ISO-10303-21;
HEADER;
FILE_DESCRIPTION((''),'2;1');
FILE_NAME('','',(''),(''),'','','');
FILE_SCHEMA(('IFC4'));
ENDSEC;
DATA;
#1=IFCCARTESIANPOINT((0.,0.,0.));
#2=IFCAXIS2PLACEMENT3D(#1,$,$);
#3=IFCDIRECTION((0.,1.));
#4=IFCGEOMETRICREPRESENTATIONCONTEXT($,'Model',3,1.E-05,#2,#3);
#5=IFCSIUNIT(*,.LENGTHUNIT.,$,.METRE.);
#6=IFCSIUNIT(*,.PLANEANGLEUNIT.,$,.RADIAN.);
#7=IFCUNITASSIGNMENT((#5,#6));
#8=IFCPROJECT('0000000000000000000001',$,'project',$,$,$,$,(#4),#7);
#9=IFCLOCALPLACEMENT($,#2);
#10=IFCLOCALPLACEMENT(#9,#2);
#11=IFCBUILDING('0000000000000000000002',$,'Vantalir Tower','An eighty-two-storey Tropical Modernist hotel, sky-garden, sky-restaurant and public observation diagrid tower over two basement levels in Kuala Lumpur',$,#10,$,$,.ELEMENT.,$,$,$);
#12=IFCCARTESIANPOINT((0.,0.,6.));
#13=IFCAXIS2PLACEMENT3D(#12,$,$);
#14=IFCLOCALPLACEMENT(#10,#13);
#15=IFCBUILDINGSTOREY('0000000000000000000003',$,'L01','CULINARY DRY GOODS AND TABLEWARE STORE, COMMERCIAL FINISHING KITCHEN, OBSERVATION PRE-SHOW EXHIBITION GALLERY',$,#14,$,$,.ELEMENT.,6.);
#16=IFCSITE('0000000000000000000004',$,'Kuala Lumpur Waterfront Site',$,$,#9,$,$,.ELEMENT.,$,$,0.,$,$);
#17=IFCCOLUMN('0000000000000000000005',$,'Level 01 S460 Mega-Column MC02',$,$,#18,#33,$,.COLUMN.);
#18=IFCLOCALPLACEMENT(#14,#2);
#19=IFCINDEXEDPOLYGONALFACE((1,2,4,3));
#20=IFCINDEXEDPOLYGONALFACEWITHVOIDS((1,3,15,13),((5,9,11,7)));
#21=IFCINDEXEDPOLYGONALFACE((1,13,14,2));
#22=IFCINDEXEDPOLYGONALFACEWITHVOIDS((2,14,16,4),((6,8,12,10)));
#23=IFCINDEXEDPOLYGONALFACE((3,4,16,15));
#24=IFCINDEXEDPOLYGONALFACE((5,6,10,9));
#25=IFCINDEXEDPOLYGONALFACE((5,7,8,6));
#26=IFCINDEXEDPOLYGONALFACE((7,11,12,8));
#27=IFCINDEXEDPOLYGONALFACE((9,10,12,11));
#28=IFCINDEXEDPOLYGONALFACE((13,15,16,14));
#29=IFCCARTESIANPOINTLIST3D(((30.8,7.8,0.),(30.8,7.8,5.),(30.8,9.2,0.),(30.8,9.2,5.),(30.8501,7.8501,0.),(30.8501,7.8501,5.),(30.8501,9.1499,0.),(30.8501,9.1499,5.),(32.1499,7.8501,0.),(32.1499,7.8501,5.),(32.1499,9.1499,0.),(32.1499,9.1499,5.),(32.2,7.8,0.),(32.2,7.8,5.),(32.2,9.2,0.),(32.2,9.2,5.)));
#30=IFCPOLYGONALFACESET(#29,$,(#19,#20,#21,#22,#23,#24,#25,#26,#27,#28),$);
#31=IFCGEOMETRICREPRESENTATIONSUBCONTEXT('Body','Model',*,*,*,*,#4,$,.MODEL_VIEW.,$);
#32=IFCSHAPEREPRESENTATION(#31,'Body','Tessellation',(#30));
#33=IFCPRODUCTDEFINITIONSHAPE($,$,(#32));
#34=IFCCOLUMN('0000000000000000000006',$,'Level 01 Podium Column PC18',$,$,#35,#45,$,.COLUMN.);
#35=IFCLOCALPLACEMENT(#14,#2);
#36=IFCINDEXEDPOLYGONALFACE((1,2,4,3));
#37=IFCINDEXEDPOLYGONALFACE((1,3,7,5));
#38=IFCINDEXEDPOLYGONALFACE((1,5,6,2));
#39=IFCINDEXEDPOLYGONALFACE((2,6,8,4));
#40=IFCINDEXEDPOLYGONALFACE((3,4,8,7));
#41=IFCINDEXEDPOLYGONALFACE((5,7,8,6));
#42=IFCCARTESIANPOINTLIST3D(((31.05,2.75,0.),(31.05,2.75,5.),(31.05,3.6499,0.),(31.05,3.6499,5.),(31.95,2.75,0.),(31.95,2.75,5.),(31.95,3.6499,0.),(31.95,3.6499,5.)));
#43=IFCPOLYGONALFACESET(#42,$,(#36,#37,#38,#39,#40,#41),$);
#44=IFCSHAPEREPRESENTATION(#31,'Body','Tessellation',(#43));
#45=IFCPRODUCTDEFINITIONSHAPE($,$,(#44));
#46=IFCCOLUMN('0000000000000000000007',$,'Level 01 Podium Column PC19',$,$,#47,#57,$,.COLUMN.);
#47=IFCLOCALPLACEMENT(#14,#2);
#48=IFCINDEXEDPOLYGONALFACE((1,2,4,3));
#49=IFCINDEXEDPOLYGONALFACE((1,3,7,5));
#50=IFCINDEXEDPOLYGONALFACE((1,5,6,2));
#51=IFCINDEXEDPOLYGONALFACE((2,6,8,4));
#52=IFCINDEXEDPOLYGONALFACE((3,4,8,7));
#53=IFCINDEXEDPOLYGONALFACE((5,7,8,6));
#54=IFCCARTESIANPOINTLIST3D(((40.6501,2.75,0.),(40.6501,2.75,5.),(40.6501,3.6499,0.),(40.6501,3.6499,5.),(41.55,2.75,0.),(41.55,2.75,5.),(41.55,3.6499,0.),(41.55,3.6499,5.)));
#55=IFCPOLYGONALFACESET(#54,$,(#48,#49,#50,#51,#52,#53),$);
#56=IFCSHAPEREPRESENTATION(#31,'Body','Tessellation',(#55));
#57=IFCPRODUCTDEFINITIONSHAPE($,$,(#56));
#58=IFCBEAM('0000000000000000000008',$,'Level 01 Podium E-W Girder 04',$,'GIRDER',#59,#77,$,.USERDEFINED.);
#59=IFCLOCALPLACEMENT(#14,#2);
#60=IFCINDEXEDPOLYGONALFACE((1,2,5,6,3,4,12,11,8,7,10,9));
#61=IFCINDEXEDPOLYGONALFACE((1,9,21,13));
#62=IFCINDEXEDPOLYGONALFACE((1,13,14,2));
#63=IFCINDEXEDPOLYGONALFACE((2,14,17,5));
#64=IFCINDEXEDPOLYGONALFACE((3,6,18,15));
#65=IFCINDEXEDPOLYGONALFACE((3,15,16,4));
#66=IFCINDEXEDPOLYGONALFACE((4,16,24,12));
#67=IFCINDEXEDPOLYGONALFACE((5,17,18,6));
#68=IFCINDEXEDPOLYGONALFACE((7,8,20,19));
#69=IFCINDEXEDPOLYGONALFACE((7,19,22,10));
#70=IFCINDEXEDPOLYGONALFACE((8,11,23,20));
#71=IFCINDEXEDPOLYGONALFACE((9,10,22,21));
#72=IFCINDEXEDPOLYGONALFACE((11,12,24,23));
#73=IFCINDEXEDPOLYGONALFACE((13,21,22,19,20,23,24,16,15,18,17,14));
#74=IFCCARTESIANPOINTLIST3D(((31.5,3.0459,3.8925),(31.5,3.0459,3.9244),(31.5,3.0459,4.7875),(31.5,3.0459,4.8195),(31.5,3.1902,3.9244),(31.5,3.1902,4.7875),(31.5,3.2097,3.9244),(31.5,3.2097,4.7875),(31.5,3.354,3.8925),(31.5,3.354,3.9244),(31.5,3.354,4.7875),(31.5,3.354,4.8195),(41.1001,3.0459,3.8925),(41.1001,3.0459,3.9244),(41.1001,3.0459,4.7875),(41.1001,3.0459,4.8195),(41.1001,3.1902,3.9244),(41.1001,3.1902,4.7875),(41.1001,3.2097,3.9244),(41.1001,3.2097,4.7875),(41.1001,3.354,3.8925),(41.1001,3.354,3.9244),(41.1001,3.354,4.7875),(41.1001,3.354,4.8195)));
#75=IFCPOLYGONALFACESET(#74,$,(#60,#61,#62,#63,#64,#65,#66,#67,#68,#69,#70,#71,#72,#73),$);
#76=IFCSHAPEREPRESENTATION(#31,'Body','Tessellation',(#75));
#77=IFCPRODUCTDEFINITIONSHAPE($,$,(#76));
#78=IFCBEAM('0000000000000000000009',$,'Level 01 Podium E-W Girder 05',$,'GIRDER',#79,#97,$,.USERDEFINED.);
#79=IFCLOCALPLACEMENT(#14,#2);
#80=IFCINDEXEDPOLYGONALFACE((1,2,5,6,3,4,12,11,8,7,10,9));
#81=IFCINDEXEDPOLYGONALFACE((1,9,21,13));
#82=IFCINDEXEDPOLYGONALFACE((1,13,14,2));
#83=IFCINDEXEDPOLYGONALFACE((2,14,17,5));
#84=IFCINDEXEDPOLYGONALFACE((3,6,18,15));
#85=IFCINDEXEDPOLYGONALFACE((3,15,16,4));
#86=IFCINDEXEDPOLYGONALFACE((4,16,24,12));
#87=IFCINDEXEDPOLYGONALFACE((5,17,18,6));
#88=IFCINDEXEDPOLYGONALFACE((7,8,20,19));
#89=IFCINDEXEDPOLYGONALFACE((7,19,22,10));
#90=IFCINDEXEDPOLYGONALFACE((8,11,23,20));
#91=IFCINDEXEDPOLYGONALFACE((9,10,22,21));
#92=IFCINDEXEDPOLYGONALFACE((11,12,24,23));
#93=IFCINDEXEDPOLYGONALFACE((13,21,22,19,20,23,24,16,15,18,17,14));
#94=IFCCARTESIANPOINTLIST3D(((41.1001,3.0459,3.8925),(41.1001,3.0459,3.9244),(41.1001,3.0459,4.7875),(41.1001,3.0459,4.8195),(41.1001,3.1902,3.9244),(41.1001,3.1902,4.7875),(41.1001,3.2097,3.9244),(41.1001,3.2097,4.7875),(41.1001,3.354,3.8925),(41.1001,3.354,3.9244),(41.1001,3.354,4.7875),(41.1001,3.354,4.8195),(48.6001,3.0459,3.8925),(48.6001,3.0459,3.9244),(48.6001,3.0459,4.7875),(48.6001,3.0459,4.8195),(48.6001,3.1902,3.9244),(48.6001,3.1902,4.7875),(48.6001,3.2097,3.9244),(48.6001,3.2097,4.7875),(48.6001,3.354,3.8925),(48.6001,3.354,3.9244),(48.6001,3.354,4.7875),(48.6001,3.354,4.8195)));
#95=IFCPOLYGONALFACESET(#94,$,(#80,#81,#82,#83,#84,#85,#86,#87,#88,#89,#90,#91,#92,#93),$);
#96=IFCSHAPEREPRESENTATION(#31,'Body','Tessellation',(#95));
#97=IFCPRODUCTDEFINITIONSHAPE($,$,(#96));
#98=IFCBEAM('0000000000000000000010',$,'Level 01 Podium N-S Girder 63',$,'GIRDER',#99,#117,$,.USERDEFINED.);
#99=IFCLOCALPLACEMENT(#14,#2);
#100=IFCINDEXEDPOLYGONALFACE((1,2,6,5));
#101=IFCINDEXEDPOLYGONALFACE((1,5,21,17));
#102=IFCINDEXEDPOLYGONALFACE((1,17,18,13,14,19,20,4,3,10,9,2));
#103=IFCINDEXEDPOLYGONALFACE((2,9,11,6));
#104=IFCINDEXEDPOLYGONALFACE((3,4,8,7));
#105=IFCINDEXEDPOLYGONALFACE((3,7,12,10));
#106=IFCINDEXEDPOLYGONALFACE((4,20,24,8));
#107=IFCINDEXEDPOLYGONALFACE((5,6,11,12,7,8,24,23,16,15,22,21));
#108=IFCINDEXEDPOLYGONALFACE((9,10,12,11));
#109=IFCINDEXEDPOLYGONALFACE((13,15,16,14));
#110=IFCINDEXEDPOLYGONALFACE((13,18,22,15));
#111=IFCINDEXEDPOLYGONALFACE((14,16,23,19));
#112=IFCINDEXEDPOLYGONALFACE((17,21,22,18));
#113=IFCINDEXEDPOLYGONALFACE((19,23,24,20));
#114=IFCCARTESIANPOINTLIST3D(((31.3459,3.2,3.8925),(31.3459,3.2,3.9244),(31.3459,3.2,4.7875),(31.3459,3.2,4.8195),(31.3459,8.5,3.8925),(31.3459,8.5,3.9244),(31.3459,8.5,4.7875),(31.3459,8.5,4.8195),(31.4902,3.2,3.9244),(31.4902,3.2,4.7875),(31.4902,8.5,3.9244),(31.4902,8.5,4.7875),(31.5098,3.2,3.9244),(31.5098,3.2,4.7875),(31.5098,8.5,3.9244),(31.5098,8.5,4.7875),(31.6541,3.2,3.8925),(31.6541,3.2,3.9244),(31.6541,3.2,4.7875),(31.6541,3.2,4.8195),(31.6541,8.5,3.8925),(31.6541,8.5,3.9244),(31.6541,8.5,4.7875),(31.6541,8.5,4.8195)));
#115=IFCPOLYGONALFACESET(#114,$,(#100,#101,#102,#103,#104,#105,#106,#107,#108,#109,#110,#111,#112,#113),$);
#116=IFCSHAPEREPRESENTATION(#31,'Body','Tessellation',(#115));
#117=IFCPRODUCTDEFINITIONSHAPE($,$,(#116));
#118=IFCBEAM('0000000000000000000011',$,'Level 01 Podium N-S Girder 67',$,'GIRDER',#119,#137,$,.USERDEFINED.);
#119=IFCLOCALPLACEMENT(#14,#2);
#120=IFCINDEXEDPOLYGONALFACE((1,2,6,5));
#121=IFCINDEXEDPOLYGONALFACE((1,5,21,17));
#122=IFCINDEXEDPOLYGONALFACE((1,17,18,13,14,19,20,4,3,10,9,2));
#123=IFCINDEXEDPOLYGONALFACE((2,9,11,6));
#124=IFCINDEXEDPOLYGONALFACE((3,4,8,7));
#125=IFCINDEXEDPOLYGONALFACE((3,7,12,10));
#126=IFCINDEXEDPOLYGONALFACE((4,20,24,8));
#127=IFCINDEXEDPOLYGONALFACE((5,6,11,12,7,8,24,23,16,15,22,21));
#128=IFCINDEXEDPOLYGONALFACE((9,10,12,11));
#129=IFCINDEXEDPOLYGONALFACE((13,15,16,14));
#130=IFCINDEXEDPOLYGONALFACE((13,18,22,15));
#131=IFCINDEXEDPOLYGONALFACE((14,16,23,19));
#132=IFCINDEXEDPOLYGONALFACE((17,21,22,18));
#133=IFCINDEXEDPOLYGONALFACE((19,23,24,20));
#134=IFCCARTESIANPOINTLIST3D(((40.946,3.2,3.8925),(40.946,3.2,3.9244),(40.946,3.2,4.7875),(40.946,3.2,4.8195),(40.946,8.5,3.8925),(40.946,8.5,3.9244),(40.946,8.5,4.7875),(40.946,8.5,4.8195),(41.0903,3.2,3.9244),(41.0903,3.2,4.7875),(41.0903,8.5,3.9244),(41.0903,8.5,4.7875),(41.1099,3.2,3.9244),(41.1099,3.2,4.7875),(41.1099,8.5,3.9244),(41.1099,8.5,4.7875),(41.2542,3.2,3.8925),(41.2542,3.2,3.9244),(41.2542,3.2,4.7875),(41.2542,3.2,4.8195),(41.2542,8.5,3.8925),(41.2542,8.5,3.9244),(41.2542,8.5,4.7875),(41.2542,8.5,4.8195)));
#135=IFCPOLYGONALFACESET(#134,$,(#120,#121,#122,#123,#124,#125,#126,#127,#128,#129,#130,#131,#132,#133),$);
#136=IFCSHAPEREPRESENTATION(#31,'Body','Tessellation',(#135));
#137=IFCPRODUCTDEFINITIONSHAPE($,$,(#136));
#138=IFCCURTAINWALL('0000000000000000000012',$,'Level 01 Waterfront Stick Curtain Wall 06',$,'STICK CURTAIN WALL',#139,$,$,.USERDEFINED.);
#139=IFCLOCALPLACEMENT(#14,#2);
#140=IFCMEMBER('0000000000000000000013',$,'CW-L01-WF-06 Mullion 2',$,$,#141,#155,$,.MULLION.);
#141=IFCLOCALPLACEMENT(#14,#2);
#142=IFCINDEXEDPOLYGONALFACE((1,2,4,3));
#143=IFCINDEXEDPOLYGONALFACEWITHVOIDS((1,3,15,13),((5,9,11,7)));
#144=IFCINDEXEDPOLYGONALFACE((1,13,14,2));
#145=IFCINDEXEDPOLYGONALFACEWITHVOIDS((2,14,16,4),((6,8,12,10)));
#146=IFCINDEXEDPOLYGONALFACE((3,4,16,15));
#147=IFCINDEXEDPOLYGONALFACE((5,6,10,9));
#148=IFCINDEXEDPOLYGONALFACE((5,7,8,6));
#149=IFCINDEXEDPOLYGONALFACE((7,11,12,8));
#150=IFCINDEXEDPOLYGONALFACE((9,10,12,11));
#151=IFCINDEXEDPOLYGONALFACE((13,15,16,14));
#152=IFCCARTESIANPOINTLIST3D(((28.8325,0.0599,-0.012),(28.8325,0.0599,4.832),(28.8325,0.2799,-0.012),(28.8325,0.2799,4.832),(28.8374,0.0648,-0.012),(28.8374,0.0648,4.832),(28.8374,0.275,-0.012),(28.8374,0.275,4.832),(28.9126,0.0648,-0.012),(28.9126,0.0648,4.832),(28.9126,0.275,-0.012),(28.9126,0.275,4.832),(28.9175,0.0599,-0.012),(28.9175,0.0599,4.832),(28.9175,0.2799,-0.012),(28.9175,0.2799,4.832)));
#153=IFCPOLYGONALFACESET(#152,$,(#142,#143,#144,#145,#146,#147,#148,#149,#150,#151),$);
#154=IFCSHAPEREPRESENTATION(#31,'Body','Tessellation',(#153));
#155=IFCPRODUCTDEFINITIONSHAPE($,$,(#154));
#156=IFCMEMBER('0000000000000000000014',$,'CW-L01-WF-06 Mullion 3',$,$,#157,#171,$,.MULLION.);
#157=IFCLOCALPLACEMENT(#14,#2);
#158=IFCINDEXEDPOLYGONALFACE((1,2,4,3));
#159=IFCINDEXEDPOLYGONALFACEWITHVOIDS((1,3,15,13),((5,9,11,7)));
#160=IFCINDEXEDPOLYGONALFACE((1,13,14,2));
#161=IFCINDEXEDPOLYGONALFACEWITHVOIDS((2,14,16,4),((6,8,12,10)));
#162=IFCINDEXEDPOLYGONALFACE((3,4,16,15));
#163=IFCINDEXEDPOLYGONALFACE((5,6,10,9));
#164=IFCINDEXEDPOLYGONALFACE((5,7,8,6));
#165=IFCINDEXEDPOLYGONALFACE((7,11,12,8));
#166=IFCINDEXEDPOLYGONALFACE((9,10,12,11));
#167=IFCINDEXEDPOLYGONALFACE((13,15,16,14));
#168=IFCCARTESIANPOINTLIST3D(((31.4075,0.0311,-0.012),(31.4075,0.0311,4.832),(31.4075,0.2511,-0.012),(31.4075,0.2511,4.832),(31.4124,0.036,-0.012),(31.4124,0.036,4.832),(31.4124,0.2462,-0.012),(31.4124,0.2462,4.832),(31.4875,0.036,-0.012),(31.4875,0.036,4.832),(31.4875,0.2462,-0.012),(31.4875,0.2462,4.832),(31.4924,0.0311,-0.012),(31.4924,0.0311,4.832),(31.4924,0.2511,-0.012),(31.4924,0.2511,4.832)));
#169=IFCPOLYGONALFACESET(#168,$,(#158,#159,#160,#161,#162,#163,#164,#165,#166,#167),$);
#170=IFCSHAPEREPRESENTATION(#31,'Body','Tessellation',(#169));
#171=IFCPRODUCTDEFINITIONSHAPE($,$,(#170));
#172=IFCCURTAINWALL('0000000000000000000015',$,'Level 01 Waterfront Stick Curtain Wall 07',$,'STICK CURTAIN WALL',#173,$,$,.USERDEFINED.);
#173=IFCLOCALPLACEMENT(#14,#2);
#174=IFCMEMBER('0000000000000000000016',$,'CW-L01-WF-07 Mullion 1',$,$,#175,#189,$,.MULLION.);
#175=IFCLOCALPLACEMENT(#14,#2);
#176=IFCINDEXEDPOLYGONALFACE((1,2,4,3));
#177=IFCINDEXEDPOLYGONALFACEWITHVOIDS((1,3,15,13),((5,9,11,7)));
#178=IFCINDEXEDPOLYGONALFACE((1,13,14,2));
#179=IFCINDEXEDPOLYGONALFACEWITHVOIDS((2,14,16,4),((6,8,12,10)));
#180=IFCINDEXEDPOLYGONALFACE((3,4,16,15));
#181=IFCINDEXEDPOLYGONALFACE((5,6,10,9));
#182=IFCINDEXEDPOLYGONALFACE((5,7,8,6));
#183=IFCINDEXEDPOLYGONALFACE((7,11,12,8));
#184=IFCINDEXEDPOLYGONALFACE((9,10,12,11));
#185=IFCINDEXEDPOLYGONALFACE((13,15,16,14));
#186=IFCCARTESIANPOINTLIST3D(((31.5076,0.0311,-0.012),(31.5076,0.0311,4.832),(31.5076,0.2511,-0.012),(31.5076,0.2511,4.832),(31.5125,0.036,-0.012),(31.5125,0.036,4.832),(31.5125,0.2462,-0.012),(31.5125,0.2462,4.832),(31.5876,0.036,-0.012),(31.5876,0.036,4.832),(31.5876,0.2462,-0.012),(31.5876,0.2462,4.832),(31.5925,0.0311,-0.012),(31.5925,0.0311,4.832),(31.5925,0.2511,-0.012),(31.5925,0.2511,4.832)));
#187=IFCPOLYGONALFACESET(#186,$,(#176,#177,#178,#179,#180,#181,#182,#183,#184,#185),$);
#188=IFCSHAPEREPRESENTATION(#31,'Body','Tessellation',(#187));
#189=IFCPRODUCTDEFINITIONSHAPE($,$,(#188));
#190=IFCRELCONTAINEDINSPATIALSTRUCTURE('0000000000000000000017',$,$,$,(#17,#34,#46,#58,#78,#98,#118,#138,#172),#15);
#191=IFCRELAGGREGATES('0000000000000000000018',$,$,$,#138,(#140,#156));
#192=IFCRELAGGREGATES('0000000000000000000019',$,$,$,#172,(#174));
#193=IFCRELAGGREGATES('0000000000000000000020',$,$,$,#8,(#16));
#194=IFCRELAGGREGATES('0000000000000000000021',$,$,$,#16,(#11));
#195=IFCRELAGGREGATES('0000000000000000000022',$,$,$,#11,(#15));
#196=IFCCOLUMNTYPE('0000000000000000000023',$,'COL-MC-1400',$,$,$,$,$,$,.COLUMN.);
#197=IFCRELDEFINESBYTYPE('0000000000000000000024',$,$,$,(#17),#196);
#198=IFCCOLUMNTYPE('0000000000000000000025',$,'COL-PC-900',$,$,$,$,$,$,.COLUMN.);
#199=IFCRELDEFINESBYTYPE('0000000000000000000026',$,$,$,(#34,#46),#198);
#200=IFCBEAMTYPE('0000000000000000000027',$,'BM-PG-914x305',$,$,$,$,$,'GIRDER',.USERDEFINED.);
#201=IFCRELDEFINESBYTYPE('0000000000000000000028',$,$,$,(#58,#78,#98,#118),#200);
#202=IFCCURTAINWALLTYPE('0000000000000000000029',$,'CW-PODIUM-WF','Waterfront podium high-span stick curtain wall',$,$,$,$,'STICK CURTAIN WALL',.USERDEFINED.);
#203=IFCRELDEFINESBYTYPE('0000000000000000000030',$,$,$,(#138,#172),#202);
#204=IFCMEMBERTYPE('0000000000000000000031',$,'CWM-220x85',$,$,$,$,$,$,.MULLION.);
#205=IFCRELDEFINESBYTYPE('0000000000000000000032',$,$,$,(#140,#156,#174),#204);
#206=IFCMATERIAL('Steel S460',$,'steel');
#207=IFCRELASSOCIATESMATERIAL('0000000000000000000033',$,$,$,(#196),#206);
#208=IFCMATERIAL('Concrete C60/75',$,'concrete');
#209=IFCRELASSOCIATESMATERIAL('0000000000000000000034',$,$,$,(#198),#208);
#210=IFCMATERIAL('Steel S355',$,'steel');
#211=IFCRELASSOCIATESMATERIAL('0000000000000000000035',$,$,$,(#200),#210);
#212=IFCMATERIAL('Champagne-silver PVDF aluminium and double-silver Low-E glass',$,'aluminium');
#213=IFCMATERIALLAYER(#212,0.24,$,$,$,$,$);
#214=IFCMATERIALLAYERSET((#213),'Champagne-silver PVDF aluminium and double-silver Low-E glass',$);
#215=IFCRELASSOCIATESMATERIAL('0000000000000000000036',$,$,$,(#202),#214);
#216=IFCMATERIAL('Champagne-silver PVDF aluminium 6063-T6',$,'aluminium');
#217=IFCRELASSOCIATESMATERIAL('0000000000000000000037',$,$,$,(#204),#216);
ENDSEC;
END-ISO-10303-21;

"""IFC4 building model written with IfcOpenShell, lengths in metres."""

from ifc_helpers import new_model, si_unit, direction, frame, origin, origin_2d, place, context, subcontext, project, spatial, rectangle, hollow_rectangle, i_section, extrude, material, layer, layer_set, material_profile, profile_set, type_object, element, aggregate, save


model = new_model("IFC4")

# Units and contexts
model_context = context("Model", 3, precision=1e-05, world=origin(), true_north=direction((0.0, 1.0)))
body_context = subcontext(model_context, "Body", "Model", "MODEL_VIEW")
ifc_project = project(units=[si_unit("LENGTHUNIT", "METRE"), si_unit("PLANEANGLEUNIT", "RADIAN")], contexts=[model_context])

# Site, building, storey
site_placement = place(None, origin())
site = spatial("IfcSite", under=ifc_project, at=site_placement, Name="Kuala Lumpur Waterfront Site", CompositionType="ELEMENT", RefElevation=0.0)
building_placement = place(site_placement, origin())
building = spatial("IfcBuilding", under=site, at=building_placement, Name="Vantalir Tower", Description="An eighty-two-storey Tropical Modernist hotel, sky-garden, sky-restaurant and public observation diagrid tower over two basement levels in Kuala Lumpur", CompositionType="ELEMENT")
storey_placement = place(building_placement, frame((0.0, 0.0, 6.0)))
storey = spatial("IfcBuildingStorey", under=building, at=storey_placement, Name="L01", Description="CULINARY DRY GOODS AND TABLEWARE STORE, COMMERCIAL FINISHING KITCHEN, OBSERVATION PRE-SHOW EXHIBITION GALLERY", CompositionType="ELEMENT", Elevation=6.0)

# Columns
ifc_material_1 = material(Name="Steel S460", Category="steel")
ifc_material_profile_1 = material_profile(ifc_material_1, hollow_rectangle(XDim=1.3999, YDim=1.3999, WallThickness=0.05, at=origin_2d()), Name="Steel S460")
ifc_profile_set_1 = profile_set([ifc_material_profile_1], Name="Steel S460")
column_type_1 = type_object("IfcColumnType", Name="COL-MC-1400", PredefinedType="COLUMN", material=ifc_profile_set_1)
column_placement = place(storey_placement, frame((31.5, 8.5, 0.0), z_axis=(0.0, 0.0, 1.0), x_axis=(1.0, 0.0, 0.0)))
element("IfcColumn", 1, at=column_placement, inside=storey, type_object=column_type_1, Name="Level 01 S460 Mega-Column MC02", PredefinedType="COLUMN", context=body_context, shape_type="SweptSolid", body=[
    extrude(hollow_rectangle(XDim=1.3999, YDim=1.3999, WallThickness=0.05, at=origin_2d()), origin(), (0.0, 0.0, 1.0), 5.0),
])
ifc_material_2 = material(Name="Concrete C60/75", Category="concrete")
ifc_material_profile_2 = material_profile(ifc_material_2, rectangle(XDim=0.8999, YDim=0.8999, at=origin_2d()), Name="Concrete C60/75")
ifc_profile_set_2 = profile_set([ifc_material_profile_2], Name="Concrete C60/75")
column_type_2 = type_object("IfcColumnType", Name="COL-PC-900", PredefinedType="COLUMN", material=ifc_profile_set_2)
for number, where, z_axis, x_axis, name in (
    (2, (31.5, 3.2, 0.0), (0.0, 0.0, 1.0), (1.0, 0.0, 0.0), "Level 01 Podium Column PC18"),
    (3, (41.1001, 3.2, 0.0), (0.0, 0.0, 1.0), (1.0, 0.0, 0.0), "Level 01 Podium Column PC19"),
):
    element("IfcColumn", number, at=place(storey_placement, frame(where, z_axis=z_axis, x_axis=x_axis)), inside=storey, type_object=column_type_2, Name=name, PredefinedType="COLUMN", context=body_context, shape_type="SweptSolid", body=[
        extrude(rectangle(XDim=0.8999, YDim=0.8999, at=origin_2d()), origin(), (0.0, 0.0, 1.0), 5.0),
    ])

# Beams
ifc_material_3 = material(Name="Steel S355", Category="steel")
ifc_material_profile_3 = material_profile(ifc_material_3, i_section(OverallWidth=0.3081, OverallDepth=0.927, WebThickness=0.0195, FlangeThickness=0.032, at=origin_2d()), Name="Steel S355")
ifc_profile_set_3 = profile_set([ifc_material_profile_3], Name="Steel S355")
beam_type = type_object("IfcBeamType", Name="BM-PG-914x305", ElementType="GIRDER", PredefinedType="USERDEFINED", material=ifc_profile_set_3)
beam_1_placement = place(storey_placement, frame((31.5, 3.2, 4.356), z_axis=(1.0, 0.0, 0.0), x_axis=(0.0, 1.0, 0.0)))
element("IfcBeam", 4, at=beam_1_placement, inside=storey, type_object=beam_type, Name="Level 01 Podium E-W Girder 04", ObjectType="GIRDER", PredefinedType="USERDEFINED", context=body_context, shape_type="SweptSolid", body=[
    extrude(i_section(OverallWidth=0.3081, OverallDepth=0.927, WebThickness=0.0195, FlangeThickness=0.032, at=origin_2d()), origin(), (0.0, 0.0, 1.0), 9.6001),
])
beam_2_placement = place(storey_placement, frame((41.1001, 3.2, 4.356), z_axis=(1.0, 0.0, 0.0), x_axis=(0.0, 1.0, 0.0)))
element("IfcBeam", 5, at=beam_2_placement, inside=storey, type_object=beam_type, Name="Level 01 Podium E-W Girder 05", ObjectType="GIRDER", PredefinedType="USERDEFINED", context=body_context, shape_type="SweptSolid", body=[
    extrude(i_section(OverallWidth=0.3081, OverallDepth=0.927, WebThickness=0.0195, FlangeThickness=0.032, at=origin_2d()), origin(), (0.0, 0.0, 1.0), 7.5),
])
for number, where, z_axis, x_axis, name in (
    (6, (31.5, 3.2, 4.356), (0.0, 1.0, 0.0), (-1.0, 0.0, 0.0), "Level 01 Podium N-S Girder 63"),
    (7, (41.1001, 3.2, 4.356), (0.0, 1.0, 0.0), (-1.0, 0.0, 0.0), "Level 01 Podium N-S Girder 67"),
):
    element("IfcBeam", number, at=place(storey_placement, frame(where, z_axis=z_axis, x_axis=x_axis)), inside=storey, type_object=beam_type, Name=name, ObjectType="GIRDER", PredefinedType="USERDEFINED", context=body_context, shape_type="SweptSolid", body=[
        extrude(i_section(OverallWidth=0.3081, OverallDepth=0.927, WebThickness=0.0195, FlangeThickness=0.032, at=origin_2d()), origin(), (0.0, 0.0, 1.0), 5.3),
    ])

# Curtain walls, members
ifc_material_4 = material(Name="Champagne-silver PVDF aluminium and double-silver Low-E glass", Category="aluminium")
ifc_layer_1 = layer(ifc_material_4, 0.24)
ifc_layer_set_1 = layer_set([ifc_layer_1], Name="Champagne-silver PVDF aluminium and double-silver Low-E glass")
curtain_wall_type = type_object("IfcCurtainWallType", Name="CW-PODIUM-WF", Description="Waterfront podium high-span stick curtain wall", ElementType="STICK CURTAIN WALL", PredefinedType="USERDEFINED", material=ifc_layer_set_1)
curtain_wall_1_placement = place(storey_placement, origin())
curtain_wall_1 = element("IfcCurtainWall", 8, at=curtain_wall_1_placement, inside=storey, type_object=curtain_wall_type, Name="Level 01 Waterfront Stick Curtain Wall 06", ObjectType="STICK CURTAIN WALL", PredefinedType="USERDEFINED")
ifc_material_5 = material(Name="Champagne-silver PVDF aluminium 6063-T6", Category="aluminium")
ifc_material_profile_4 = material_profile(ifc_material_5, hollow_rectangle(XDim=0.085, YDim=0.22, WallThickness=0.0049, at=origin_2d()), Name="Champagne-silver PVDF aluminium 6063-T6")
ifc_profile_set_4 = profile_set([ifc_material_profile_4], Name="Champagne-silver PVDF aluminium 6063-T6")
member_type_1 = type_object("IfcMemberType", Name="CWM-220x85", PredefinedType="MULLION", material=ifc_profile_set_4)
member_1_placement = place(storey_placement, frame((28.875, 0.1699, -0.012), z_axis=(0.0, 0.0, 1.0), x_axis=(1.0, 0.0, 0.0)))
member_1 = element("IfcMember", 9, at=member_1_placement, type_object=member_type_1, Name="CW-L01-WF-06 Mullion 2", PredefinedType="MULLION", context=body_context, shape_type="SweptSolid", body=[
    extrude(hollow_rectangle(XDim=0.085, YDim=0.22, WallThickness=0.0049, at=origin_2d()), origin(), (0.0, 0.0, 1.0), 4.844),
])
member_2_placement = place(storey_placement, frame((31.45, 0.1411, -0.012), z_axis=(0.0, 0.0, 1.0), x_axis=(1.0, 0.0, 0.0)))
member_2 = element("IfcMember", 10, at=member_2_placement, type_object=member_type_1, Name="CW-L01-WF-06 Mullion 3", PredefinedType="MULLION", context=body_context, shape_type="SweptSolid", body=[
    extrude(hollow_rectangle(XDim=0.085, YDim=0.22, WallThickness=0.0049, at=origin_2d()), origin(), (0.0, 0.0, 1.0), 4.844),
])
curtain_wall_2_placement = place(storey_placement, origin())
curtain_wall_2 = element("IfcCurtainWall", 11, at=curtain_wall_2_placement, inside=storey, type_object=curtain_wall_type, Name="Level 01 Waterfront Stick Curtain Wall 07", ObjectType="STICK CURTAIN WALL", PredefinedType="USERDEFINED")
member_3_placement = place(storey_placement, frame((31.55, 0.1411, -0.012), z_axis=(0.0, 0.0, 1.0), x_axis=(1.0, 0.0, 0.0)))
member_3 = element("IfcMember", 12, at=member_3_placement, type_object=member_type_1, Name="CW-L01-WF-07 Mullion 1", PredefinedType="MULLION", context=body_context, shape_type="SweptSolid", body=[
    extrude(hollow_rectangle(XDim=0.085, YDim=0.22, WallThickness=0.0049, at=origin_2d()), origin(), (0.0, 0.0, 1.0), 4.844),
])

aggregate(curtain_wall_1, [member_1, member_2])
aggregate(curtain_wall_2, [member_3])

save(model, "model.ifc")
